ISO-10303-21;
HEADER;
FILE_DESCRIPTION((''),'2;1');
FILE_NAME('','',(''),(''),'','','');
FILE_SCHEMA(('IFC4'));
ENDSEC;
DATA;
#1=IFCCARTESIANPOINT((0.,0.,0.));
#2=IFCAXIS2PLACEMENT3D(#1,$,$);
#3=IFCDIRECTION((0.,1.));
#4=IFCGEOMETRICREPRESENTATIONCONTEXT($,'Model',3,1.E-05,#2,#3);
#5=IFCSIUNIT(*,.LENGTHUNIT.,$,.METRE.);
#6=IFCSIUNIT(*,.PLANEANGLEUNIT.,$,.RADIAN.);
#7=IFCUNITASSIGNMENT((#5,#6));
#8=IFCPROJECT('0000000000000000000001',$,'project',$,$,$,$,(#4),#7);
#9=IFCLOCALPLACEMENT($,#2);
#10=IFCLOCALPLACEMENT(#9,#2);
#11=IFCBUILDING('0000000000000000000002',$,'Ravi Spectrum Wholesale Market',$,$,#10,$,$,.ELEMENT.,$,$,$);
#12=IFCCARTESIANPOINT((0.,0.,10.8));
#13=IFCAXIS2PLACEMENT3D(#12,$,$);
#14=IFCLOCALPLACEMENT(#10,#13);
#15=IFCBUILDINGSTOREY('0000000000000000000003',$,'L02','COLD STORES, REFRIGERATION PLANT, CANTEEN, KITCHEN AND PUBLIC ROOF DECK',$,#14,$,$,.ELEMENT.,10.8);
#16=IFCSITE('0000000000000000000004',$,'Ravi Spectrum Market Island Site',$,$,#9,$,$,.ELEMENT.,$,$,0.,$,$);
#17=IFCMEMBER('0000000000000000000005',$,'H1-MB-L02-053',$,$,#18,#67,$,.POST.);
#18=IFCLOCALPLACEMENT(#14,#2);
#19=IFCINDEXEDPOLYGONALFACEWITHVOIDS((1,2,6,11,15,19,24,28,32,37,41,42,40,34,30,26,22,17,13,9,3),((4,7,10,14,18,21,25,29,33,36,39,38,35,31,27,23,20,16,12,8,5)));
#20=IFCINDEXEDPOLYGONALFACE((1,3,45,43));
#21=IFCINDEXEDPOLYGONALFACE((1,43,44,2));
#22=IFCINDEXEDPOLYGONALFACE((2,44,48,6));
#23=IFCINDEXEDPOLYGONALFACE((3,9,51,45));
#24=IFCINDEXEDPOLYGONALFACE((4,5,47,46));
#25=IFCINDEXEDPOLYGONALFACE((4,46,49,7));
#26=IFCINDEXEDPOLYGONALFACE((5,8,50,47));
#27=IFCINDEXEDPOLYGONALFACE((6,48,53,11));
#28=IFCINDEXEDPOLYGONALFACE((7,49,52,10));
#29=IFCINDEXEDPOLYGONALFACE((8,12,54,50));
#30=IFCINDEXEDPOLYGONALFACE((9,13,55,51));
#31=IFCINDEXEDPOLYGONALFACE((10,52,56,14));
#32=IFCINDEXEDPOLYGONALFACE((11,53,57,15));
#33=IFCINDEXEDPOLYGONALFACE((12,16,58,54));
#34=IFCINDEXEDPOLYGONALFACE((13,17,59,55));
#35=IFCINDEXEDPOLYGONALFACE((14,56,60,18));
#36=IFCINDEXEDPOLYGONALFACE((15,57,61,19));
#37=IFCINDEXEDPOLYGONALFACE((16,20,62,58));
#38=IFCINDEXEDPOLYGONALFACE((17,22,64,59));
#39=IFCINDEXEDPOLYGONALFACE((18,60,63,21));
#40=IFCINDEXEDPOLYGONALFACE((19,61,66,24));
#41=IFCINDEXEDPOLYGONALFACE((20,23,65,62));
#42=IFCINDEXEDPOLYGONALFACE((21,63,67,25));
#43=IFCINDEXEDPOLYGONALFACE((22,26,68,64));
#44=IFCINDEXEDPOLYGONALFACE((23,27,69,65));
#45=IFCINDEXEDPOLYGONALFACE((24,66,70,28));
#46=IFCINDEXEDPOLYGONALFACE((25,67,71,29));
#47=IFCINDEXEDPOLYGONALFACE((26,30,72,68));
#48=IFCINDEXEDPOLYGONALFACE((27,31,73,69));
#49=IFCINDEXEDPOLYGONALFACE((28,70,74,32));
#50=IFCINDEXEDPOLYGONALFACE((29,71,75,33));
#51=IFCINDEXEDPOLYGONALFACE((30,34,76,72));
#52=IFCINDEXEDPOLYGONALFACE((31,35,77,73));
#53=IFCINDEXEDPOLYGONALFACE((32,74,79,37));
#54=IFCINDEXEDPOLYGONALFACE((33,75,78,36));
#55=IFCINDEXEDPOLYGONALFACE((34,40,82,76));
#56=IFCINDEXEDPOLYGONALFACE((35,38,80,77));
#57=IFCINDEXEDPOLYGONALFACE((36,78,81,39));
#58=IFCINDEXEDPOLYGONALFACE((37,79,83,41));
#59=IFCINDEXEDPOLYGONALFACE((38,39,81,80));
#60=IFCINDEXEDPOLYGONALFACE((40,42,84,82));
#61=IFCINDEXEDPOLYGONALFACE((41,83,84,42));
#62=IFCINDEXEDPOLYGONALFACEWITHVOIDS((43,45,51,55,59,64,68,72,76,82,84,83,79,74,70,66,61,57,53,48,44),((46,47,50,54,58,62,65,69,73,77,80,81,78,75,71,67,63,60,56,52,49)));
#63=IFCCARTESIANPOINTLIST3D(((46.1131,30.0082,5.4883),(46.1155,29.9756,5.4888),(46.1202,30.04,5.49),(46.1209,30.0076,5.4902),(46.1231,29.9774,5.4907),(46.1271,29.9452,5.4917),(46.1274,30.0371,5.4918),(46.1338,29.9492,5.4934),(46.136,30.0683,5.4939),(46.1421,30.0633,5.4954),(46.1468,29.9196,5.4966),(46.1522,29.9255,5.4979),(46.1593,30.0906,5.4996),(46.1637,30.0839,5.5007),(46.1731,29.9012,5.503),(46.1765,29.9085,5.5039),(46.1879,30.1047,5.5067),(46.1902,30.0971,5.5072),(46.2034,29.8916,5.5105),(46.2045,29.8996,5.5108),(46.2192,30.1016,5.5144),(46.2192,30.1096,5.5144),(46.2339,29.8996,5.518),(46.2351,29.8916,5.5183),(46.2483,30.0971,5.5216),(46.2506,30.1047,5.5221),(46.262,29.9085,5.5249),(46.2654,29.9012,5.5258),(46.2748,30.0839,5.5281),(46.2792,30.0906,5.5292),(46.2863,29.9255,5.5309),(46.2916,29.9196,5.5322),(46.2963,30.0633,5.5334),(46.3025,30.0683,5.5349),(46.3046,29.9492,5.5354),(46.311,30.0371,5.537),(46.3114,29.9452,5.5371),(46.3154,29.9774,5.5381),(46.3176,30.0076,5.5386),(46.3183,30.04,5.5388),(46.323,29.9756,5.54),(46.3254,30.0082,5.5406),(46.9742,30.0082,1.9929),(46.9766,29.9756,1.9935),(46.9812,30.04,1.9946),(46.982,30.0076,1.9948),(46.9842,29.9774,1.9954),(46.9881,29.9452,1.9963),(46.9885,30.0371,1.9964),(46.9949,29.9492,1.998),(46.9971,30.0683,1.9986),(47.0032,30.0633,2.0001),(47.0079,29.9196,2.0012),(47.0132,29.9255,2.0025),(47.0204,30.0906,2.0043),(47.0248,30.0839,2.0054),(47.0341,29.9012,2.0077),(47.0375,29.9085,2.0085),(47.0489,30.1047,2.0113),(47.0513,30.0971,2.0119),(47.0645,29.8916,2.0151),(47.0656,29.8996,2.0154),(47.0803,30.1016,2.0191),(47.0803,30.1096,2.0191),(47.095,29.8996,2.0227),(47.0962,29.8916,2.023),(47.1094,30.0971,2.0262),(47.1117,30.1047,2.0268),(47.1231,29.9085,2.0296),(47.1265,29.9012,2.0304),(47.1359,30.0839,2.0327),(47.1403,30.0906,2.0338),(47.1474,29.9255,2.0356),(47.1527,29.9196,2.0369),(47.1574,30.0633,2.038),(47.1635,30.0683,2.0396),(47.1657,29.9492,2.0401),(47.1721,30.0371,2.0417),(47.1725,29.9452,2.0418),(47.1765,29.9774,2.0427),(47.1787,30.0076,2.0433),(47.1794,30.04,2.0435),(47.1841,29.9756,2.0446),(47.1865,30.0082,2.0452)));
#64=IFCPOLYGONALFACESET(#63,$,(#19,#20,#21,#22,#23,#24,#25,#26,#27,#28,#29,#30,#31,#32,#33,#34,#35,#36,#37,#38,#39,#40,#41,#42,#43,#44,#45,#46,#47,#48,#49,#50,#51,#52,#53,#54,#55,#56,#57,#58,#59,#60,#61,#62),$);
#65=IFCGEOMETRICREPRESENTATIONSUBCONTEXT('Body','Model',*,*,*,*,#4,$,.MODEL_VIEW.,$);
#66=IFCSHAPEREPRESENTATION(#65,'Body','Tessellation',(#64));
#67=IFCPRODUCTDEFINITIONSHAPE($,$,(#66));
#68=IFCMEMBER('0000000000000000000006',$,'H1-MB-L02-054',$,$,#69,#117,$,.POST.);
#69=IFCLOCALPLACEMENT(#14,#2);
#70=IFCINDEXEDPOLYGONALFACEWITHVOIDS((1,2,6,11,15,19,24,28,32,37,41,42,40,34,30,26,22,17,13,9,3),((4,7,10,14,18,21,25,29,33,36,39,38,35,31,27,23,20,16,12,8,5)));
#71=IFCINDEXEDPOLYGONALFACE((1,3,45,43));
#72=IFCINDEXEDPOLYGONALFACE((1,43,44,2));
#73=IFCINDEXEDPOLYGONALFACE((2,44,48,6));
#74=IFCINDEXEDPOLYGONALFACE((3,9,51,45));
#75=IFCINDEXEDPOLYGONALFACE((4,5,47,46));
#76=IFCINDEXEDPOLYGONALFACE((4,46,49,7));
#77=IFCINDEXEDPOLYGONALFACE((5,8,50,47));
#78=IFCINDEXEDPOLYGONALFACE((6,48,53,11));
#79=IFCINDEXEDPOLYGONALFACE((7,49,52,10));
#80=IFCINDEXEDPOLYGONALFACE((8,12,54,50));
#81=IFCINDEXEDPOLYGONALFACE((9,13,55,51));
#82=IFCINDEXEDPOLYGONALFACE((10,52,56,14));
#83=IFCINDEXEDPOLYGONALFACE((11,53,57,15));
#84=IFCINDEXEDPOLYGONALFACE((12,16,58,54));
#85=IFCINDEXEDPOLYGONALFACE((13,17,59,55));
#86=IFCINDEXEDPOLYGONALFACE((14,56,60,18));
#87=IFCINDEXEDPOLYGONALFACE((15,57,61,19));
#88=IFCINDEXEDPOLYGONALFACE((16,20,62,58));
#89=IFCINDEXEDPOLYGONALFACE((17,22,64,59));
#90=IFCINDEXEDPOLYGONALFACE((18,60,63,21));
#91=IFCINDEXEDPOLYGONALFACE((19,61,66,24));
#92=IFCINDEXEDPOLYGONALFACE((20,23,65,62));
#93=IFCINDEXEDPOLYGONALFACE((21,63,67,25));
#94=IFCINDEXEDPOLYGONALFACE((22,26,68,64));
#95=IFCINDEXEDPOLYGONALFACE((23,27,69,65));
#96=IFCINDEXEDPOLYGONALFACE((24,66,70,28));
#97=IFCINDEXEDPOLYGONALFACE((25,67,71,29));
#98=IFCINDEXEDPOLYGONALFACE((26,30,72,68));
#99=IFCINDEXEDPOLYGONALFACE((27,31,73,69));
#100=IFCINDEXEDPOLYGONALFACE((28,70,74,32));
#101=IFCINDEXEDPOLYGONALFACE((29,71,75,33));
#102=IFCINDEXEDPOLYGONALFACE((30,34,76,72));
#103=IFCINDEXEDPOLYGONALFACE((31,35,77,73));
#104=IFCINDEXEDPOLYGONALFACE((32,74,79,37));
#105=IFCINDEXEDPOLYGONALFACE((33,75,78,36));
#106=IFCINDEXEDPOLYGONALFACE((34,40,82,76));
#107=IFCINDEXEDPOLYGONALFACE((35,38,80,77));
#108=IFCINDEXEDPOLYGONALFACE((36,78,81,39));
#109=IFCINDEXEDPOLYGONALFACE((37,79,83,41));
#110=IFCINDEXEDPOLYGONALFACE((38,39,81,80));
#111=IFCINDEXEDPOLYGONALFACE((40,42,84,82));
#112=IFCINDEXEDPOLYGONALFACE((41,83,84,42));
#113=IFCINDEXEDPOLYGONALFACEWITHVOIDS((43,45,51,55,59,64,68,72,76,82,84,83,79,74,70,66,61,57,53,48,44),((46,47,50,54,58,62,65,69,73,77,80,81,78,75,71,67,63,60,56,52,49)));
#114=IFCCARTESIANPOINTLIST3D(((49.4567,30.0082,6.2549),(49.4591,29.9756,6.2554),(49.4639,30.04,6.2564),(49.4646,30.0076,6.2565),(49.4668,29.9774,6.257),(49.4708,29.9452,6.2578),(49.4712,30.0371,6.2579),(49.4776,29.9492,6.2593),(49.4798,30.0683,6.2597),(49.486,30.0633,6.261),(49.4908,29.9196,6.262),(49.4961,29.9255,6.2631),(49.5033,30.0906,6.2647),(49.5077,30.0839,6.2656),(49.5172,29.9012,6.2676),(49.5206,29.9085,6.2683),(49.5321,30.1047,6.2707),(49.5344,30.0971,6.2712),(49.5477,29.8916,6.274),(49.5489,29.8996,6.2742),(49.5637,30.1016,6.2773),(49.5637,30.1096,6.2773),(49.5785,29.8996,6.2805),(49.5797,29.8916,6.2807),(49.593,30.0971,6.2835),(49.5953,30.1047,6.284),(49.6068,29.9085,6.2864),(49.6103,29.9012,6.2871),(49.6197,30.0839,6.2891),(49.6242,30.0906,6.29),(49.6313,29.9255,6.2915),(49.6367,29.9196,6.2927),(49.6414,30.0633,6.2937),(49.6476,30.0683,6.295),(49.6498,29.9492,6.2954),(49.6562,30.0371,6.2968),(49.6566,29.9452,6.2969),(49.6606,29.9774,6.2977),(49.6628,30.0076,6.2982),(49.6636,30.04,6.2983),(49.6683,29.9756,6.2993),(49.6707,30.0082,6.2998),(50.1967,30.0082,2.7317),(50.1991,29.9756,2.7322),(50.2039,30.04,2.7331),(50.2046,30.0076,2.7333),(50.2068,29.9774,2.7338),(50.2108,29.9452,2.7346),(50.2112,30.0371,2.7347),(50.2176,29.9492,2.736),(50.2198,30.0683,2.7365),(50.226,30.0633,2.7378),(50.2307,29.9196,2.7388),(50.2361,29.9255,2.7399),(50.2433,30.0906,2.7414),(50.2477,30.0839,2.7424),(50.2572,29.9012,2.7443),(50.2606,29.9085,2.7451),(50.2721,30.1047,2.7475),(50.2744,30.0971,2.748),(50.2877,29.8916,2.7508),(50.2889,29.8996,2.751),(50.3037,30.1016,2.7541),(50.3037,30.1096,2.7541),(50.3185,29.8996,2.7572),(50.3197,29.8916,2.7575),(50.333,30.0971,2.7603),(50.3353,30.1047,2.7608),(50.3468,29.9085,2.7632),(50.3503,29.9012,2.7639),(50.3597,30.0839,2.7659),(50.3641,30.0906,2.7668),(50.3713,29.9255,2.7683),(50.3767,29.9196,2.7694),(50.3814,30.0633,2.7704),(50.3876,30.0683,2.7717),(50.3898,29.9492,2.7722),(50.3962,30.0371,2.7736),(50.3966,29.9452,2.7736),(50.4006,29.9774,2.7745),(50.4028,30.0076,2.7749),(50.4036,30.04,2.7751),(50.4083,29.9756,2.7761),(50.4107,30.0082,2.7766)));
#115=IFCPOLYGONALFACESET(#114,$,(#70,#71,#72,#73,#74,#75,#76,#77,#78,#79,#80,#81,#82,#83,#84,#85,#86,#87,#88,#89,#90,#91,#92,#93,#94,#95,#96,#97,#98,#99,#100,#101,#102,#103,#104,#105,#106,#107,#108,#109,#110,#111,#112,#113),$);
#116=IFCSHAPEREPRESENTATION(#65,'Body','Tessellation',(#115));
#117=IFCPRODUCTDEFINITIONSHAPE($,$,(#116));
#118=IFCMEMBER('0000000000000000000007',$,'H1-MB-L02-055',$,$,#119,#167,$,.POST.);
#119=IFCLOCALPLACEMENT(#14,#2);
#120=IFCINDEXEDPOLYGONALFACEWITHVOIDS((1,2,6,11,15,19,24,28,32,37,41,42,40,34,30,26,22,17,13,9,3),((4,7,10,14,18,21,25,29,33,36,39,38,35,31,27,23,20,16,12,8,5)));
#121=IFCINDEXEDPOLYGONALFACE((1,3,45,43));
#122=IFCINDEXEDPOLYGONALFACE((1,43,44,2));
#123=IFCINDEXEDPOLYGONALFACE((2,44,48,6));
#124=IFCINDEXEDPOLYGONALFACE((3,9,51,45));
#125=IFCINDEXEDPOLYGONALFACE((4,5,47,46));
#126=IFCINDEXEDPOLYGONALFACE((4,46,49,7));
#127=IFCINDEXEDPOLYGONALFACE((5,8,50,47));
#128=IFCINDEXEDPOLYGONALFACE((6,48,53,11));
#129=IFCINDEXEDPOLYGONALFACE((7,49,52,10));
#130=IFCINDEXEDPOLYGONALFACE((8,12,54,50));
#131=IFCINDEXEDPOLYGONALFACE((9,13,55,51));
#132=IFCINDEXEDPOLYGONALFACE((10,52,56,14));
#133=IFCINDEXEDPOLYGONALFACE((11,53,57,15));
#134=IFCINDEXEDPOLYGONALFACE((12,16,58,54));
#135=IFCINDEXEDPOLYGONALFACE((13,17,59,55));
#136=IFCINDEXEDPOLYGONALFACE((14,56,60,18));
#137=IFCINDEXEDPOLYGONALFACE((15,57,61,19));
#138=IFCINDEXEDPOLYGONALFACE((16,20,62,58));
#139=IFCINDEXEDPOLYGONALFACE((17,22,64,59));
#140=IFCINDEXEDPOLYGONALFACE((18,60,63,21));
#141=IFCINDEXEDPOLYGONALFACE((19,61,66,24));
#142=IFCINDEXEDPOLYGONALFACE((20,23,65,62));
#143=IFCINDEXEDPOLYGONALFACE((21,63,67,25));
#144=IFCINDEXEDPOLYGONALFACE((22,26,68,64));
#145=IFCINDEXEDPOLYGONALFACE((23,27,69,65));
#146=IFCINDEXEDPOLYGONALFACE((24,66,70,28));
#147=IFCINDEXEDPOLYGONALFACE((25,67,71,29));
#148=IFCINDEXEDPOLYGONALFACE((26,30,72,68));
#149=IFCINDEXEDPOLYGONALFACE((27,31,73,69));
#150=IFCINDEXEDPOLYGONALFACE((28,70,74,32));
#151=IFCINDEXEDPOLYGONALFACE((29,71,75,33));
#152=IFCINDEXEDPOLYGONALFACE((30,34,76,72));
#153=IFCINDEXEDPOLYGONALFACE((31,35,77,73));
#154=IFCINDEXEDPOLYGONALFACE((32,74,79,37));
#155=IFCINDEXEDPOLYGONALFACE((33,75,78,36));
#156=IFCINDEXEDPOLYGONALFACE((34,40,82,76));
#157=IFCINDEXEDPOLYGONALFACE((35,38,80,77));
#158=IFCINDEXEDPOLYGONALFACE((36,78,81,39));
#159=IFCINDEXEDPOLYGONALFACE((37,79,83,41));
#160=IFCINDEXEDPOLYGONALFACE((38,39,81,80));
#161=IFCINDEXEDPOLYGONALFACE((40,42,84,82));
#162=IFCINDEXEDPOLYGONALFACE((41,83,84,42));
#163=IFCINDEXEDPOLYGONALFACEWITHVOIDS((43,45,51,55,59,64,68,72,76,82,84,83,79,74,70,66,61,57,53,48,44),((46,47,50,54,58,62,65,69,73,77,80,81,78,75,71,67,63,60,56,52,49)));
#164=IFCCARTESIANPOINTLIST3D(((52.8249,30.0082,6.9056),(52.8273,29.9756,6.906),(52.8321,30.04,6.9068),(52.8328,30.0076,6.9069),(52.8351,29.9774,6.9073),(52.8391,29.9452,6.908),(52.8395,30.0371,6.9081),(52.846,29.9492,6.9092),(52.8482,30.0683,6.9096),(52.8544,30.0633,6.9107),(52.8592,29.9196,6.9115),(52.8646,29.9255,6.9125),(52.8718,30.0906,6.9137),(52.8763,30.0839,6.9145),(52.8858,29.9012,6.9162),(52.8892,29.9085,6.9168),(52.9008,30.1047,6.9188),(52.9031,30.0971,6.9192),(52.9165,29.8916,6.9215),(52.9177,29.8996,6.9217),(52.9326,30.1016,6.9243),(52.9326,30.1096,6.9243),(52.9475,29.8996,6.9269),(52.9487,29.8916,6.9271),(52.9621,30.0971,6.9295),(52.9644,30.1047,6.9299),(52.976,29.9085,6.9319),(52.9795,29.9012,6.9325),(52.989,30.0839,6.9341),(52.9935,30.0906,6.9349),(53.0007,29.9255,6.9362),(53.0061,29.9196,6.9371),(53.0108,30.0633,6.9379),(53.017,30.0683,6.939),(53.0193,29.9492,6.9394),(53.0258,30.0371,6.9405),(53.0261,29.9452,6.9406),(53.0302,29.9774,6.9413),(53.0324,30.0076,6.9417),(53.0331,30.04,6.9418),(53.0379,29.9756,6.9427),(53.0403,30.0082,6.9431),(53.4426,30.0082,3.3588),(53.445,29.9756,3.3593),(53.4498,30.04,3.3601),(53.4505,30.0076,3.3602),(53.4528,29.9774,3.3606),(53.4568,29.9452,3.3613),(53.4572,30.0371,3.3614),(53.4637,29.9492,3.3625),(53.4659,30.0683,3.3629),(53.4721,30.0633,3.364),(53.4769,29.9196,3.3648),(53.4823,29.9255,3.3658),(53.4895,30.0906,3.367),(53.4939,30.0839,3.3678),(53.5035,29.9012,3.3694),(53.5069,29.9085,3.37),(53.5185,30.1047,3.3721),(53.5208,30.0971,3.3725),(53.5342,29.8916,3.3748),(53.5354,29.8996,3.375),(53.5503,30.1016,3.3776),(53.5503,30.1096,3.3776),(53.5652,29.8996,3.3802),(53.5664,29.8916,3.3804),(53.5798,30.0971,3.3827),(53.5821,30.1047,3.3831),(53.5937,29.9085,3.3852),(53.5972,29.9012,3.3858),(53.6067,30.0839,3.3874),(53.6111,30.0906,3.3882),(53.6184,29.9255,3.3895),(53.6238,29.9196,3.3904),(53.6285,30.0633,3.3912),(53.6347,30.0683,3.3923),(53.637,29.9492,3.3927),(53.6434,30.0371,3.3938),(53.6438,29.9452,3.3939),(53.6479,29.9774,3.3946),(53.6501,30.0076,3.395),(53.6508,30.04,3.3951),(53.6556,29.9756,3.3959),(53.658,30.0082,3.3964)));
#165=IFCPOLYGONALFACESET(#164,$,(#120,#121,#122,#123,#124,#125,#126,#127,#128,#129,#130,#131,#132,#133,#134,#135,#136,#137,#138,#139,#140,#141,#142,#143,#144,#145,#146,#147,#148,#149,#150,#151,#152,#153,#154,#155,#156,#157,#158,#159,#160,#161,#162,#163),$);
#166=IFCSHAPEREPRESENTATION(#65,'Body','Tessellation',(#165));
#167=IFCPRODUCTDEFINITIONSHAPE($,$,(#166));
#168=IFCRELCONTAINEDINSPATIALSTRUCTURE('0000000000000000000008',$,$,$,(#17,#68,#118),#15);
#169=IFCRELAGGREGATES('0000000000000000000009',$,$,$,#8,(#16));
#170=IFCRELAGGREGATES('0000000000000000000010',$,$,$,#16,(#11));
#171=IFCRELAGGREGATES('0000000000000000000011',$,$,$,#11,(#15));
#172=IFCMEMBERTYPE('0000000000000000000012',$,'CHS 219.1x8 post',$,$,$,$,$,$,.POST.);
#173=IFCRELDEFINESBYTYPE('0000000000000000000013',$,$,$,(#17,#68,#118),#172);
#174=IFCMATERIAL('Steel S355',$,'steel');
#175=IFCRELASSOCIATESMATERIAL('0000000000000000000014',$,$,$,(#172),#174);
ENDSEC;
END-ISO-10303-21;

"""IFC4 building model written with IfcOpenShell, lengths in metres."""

from ifc_helpers import new_model, si_unit, direction, frame, origin, origin_2d, place, context, subcontext, project, spatial, hollow_circle, extrude, material, material_profile, profile_set, type_object, element, save


model = new_model("IFC4")

# Units and contexts
model_context = context("Model", 3, precision=1e-05, world=origin(), true_north=direction((0.0, 1.0)))
body_context = subcontext(model_context, "Body", "Model", "MODEL_VIEW")
ifc_project = project(units=[si_unit("LENGTHUNIT", "METRE"), si_unit("PLANEANGLEUNIT", "RADIAN")], contexts=[model_context])

# Site, building, storey
site_placement = place(None, origin())
site = spatial("IfcSite", under=ifc_project, at=site_placement, Name="Ravi Spectrum Market Island Site", CompositionType="ELEMENT", RefElevation=0.0)
building_placement = place(site_placement, origin())
building = spatial("IfcBuilding", under=site, at=building_placement, Name="Ravi Spectrum Wholesale Market", CompositionType="ELEMENT")
storey_placement = place(building_placement, frame((0.0, 0.0, 10.8)))
storey = spatial("IfcBuildingStorey", under=building, at=storey_placement, Name="L02", Description="COLD STORES, REFRIGERATION PLANT, CANTEEN, KITCHEN AND PUBLIC ROOF DECK", CompositionType="ELEMENT", Elevation=10.8)

# Members
ifc_material_1 = material(Name="Steel S355", Category="steel")
ifc_material_profile_1 = material_profile(ifc_material_1, hollow_circle(Radius=0.1096, WallThickness=0.0081, at=origin_2d()))
ifc_profile_set_1 = profile_set([ifc_material_profile_1], Name="Steel S355")
member_type_1 = type_object("IfcMemberType", Name="CHS 219.1x8 post", PredefinedType="POST", material=ifc_profile_set_1)
member_1_placement = place(storey_placement, frame((46.2192, 30.0, 5.5144), z_axis=(0.239199, 0.0, -0.970971), x_axis=(0.0, 1.0, 0.0)))
element("IfcMember", 1, at=member_1_placement, inside=storey, type_object=member_type_1, Name="H1-MB-L02-053", PredefinedType="POST", context=body_context, shape_type="SweptSolid", body=[
    extrude(hollow_circle(Radius=0.1096, WallThickness=0.0081, at=origin_2d()), origin(), (0.0, 0.0, 1.0), 3.5999),
])
for number, where, z_axis, x_axis, name in (
    (2, (49.5637, 30.0, 6.2773), (0.205549, 0.0, -0.978647), (0.0, 1.0, 0.0), "H1-MB-L02-054"),
    (3, (52.9326, 30.0, 6.9243), (0.171576, 0.0, -0.985171), (0.0, 1.0, 0.0), "H1-MB-L02-055"),
):
    element("IfcMember", number, at=place(storey_placement, frame(where, z_axis=z_axis, x_axis=x_axis)), inside=storey, type_object=member_type_1, Name=name, PredefinedType="POST", context=body_context, shape_type="SweptSolid", body=[
        extrude(hollow_circle(Radius=0.1096, WallThickness=0.0081, at=origin_2d()), origin(), (0.0, 0.0, 1.0), 3.6001),
    ])

save(model, "model.ifc")
